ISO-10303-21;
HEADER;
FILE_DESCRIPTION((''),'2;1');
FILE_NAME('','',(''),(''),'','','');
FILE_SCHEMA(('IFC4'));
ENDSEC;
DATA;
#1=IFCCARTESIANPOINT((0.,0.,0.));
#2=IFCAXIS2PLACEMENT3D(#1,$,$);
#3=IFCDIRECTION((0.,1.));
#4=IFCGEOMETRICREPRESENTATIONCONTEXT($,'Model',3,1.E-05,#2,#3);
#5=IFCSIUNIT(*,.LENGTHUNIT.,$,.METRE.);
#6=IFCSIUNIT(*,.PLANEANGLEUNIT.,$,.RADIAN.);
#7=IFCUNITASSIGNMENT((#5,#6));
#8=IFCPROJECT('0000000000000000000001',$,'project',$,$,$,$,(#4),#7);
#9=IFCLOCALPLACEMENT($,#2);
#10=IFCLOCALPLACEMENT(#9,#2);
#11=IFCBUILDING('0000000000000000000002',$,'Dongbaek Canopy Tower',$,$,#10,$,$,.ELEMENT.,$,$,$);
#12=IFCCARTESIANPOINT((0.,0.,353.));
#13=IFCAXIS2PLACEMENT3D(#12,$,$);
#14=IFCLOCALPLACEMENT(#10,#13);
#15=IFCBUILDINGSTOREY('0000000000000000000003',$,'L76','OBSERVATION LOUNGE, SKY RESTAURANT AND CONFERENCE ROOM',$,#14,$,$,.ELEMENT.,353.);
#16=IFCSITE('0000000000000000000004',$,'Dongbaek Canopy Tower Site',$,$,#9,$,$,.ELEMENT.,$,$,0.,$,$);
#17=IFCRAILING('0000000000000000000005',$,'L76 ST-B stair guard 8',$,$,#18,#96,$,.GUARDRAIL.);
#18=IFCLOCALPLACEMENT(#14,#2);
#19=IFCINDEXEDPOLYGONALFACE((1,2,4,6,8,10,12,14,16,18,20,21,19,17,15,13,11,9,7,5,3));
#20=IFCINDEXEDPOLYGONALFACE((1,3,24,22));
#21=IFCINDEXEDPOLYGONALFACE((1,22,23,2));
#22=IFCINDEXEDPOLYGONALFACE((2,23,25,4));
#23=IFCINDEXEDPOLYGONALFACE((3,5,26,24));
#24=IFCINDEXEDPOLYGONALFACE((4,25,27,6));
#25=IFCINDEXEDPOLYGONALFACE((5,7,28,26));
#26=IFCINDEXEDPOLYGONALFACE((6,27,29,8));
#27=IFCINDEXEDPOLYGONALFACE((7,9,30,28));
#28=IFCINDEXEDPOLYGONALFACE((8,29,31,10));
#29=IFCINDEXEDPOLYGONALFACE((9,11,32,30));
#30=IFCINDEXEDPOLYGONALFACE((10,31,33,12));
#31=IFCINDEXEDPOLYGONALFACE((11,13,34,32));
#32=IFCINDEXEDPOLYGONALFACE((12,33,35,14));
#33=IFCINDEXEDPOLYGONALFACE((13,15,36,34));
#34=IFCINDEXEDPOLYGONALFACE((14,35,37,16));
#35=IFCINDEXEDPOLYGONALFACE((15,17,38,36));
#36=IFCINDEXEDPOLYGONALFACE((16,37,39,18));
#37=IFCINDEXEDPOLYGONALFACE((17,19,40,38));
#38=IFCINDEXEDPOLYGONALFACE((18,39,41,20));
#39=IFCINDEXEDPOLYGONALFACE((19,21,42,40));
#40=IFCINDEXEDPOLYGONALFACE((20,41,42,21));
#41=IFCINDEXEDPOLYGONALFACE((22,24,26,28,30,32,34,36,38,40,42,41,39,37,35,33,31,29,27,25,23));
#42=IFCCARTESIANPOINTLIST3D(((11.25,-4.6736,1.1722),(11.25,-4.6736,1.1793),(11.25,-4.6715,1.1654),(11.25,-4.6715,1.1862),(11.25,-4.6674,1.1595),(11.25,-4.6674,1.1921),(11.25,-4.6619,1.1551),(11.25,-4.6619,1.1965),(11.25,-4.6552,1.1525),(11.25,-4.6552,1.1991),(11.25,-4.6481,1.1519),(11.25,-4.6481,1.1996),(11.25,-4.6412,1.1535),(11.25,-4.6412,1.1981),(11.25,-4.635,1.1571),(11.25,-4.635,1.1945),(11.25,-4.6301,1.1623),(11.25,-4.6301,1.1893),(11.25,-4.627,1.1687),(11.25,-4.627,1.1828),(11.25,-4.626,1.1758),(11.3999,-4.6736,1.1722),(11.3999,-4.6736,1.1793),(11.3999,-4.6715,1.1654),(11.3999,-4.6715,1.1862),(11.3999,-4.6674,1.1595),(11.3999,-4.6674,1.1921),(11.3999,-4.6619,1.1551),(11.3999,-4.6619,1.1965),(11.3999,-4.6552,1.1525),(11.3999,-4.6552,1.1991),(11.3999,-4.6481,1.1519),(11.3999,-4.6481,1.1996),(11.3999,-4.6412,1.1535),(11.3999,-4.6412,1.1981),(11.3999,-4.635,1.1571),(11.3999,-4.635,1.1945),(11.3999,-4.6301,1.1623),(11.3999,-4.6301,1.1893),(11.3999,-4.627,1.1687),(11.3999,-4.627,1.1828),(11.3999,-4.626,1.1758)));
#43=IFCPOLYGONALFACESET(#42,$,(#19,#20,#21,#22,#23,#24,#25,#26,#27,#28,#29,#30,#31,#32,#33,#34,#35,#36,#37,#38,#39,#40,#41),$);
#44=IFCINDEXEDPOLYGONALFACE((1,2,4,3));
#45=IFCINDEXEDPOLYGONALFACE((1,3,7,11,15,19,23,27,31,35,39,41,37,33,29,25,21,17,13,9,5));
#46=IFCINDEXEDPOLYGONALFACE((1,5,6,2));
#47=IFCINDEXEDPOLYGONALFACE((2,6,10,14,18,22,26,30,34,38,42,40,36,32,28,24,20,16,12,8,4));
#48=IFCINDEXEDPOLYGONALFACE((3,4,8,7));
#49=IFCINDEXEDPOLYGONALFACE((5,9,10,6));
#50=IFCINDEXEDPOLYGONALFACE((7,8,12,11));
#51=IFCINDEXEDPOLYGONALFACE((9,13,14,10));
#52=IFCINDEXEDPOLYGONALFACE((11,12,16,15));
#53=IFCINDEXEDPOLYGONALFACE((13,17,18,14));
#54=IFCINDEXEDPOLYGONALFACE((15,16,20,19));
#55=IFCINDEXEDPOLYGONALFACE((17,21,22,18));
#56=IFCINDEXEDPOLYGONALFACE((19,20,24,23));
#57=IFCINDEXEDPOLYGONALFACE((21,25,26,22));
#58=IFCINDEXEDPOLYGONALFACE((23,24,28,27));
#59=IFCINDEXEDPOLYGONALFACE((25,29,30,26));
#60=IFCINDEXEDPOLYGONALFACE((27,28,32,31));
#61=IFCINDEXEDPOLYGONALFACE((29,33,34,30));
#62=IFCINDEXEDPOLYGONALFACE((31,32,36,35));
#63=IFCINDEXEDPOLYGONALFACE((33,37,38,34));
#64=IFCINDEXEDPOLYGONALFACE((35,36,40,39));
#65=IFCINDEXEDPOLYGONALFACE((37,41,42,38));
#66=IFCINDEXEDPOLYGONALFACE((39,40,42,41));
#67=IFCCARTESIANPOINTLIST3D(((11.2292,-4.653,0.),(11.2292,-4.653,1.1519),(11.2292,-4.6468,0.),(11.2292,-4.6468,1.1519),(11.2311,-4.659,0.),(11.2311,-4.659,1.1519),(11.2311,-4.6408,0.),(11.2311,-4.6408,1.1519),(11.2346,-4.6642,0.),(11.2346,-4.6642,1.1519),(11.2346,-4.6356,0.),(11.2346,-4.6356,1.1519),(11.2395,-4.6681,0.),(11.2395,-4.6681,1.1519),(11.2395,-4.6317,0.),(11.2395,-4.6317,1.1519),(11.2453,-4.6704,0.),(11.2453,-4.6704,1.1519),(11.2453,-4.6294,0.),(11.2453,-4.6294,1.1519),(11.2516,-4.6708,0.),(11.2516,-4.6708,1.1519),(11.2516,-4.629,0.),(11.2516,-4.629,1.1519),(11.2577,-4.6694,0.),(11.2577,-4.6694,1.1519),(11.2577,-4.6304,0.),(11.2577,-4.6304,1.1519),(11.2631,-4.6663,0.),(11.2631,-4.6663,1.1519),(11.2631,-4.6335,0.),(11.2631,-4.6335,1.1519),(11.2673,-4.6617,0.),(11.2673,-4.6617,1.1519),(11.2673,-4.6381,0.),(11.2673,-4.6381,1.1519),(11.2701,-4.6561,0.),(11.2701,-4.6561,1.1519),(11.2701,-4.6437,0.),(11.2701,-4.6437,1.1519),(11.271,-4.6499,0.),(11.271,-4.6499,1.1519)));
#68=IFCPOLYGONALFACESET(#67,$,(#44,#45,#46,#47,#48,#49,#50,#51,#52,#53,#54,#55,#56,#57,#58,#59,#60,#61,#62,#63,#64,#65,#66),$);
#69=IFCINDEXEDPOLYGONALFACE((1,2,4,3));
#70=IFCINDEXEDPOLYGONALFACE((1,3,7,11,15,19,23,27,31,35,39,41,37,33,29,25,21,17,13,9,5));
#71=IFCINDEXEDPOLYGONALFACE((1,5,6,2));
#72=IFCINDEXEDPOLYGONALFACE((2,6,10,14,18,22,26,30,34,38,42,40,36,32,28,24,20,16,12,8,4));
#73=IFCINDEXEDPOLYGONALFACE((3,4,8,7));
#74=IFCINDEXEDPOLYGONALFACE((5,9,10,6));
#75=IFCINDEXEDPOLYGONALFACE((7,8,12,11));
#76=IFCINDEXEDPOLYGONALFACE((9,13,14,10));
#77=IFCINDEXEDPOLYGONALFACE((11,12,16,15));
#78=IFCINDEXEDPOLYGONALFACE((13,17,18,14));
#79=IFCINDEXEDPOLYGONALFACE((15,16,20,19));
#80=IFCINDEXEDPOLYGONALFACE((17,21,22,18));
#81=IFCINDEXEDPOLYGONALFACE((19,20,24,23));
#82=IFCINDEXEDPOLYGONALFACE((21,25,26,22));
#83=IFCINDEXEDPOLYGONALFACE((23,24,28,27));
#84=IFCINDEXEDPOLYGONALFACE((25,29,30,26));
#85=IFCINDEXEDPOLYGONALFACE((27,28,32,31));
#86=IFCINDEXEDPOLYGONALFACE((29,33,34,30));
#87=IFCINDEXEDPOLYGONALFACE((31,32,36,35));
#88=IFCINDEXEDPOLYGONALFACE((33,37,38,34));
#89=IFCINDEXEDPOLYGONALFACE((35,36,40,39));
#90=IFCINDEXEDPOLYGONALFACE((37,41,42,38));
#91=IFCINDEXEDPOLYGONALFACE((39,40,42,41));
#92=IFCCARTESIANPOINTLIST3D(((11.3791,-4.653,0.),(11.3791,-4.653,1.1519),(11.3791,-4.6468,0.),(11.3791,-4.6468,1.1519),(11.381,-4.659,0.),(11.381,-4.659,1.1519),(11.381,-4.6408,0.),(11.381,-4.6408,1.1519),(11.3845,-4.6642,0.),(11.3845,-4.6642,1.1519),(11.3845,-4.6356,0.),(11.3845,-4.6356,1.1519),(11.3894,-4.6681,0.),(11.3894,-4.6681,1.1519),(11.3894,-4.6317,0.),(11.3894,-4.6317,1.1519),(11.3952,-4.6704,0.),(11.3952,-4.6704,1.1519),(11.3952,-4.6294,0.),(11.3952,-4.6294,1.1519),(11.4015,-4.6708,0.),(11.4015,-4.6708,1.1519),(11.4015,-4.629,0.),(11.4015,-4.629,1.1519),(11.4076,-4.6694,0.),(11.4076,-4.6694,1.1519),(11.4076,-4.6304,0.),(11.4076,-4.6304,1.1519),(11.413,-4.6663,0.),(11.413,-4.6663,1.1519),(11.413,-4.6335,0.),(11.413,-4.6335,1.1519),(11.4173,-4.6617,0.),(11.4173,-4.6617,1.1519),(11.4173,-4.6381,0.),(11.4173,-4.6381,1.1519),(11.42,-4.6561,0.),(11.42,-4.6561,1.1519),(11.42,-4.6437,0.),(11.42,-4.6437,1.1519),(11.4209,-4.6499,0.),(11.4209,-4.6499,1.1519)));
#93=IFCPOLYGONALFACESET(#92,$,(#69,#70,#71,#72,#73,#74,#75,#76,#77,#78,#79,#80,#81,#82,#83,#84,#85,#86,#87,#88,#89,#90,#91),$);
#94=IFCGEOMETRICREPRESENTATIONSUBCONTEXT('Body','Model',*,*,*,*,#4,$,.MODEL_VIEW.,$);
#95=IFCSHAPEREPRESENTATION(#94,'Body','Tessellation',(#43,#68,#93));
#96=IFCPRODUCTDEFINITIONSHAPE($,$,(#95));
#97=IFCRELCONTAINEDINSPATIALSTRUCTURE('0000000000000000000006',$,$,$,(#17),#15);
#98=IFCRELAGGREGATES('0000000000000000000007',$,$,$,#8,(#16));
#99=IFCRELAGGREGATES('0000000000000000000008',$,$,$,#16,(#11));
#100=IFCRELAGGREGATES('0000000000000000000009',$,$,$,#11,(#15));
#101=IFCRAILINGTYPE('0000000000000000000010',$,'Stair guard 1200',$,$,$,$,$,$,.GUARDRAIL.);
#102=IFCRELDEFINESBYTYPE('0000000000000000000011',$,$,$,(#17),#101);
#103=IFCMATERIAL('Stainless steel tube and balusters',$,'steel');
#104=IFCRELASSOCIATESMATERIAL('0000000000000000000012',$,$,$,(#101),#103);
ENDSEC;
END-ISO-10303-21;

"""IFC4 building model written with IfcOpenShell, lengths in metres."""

from ifc_helpers import new_model, si_unit, direction, frame, origin, origin_2d, place, context, subcontext, project, spatial, circle, extrude, material, type_object, element, save


model = new_model("IFC4")

# Units and contexts
model_context = context("Model", 3, precision=1e-05, world=origin(), true_north=direction((0.0, 1.0)))
body_context = subcontext(model_context, "Body", "Model", "MODEL_VIEW")
ifc_project = project(units=[si_unit("LENGTHUNIT", "METRE"), si_unit("PLANEANGLEUNIT", "RADIAN")], contexts=[model_context])

# Site, building, storey
site_placement = place(None, origin())
site = spatial("IfcSite", under=ifc_project, at=site_placement, Name="Dongbaek Canopy Tower Site", CompositionType="ELEMENT", RefElevation=0.0)
building_placement = place(site_placement, origin())
building = spatial("IfcBuilding", under=site, at=building_placement, Name="Dongbaek Canopy Tower", CompositionType="ELEMENT")
storey_placement = place(building_placement, frame((0.0, 0.0, 353.0)))
storey = spatial("IfcBuildingStorey", under=building, at=storey_placement, Name="L76", Description="OBSERVATION LOUNGE, SKY RESTAURANT AND CONFERENCE ROOM", CompositionType="ELEMENT", Elevation=353.0)

# Railing
ifc_material_1 = material(Name="Stainless steel tube and balusters", Category="steel")
railing_type = type_object("IfcRailingType", Name="Stair guard 1200", PredefinedType="GUARDRAIL", material=ifc_material_1)
railing_1_placement = place(storey_placement, frame((11.25, -4.6499, 0.0)))
element("IfcRailing", 1, at=railing_1_placement, inside=storey, type_object=railing_type, Name="L76 ST-B stair guard 8", PredefinedType="GUARDRAIL", context=body_context, shape_type="SweptSolid", body=[
    extrude(circle(Radius=0.0239, at=origin_2d()), frame((0.0, 0.0, 1.1758), z_axis=(1.0, 0.0, 0.0), x_axis=(0.0, 1.0, 0.0)), (0.0, 0.0, 1.0), 0.1499),
    extrude(circle(Radius=0.021, at=origin_2d()), origin(), (0.0, 0.0, 1.0), 1.1519),
    extrude(circle(Radius=0.021, at=origin_2d()), frame((0.1499, 0.0, 0.0)), (0.0, 0.0, 1.0), 1.1519),
])

save(model, "model.ifc")
